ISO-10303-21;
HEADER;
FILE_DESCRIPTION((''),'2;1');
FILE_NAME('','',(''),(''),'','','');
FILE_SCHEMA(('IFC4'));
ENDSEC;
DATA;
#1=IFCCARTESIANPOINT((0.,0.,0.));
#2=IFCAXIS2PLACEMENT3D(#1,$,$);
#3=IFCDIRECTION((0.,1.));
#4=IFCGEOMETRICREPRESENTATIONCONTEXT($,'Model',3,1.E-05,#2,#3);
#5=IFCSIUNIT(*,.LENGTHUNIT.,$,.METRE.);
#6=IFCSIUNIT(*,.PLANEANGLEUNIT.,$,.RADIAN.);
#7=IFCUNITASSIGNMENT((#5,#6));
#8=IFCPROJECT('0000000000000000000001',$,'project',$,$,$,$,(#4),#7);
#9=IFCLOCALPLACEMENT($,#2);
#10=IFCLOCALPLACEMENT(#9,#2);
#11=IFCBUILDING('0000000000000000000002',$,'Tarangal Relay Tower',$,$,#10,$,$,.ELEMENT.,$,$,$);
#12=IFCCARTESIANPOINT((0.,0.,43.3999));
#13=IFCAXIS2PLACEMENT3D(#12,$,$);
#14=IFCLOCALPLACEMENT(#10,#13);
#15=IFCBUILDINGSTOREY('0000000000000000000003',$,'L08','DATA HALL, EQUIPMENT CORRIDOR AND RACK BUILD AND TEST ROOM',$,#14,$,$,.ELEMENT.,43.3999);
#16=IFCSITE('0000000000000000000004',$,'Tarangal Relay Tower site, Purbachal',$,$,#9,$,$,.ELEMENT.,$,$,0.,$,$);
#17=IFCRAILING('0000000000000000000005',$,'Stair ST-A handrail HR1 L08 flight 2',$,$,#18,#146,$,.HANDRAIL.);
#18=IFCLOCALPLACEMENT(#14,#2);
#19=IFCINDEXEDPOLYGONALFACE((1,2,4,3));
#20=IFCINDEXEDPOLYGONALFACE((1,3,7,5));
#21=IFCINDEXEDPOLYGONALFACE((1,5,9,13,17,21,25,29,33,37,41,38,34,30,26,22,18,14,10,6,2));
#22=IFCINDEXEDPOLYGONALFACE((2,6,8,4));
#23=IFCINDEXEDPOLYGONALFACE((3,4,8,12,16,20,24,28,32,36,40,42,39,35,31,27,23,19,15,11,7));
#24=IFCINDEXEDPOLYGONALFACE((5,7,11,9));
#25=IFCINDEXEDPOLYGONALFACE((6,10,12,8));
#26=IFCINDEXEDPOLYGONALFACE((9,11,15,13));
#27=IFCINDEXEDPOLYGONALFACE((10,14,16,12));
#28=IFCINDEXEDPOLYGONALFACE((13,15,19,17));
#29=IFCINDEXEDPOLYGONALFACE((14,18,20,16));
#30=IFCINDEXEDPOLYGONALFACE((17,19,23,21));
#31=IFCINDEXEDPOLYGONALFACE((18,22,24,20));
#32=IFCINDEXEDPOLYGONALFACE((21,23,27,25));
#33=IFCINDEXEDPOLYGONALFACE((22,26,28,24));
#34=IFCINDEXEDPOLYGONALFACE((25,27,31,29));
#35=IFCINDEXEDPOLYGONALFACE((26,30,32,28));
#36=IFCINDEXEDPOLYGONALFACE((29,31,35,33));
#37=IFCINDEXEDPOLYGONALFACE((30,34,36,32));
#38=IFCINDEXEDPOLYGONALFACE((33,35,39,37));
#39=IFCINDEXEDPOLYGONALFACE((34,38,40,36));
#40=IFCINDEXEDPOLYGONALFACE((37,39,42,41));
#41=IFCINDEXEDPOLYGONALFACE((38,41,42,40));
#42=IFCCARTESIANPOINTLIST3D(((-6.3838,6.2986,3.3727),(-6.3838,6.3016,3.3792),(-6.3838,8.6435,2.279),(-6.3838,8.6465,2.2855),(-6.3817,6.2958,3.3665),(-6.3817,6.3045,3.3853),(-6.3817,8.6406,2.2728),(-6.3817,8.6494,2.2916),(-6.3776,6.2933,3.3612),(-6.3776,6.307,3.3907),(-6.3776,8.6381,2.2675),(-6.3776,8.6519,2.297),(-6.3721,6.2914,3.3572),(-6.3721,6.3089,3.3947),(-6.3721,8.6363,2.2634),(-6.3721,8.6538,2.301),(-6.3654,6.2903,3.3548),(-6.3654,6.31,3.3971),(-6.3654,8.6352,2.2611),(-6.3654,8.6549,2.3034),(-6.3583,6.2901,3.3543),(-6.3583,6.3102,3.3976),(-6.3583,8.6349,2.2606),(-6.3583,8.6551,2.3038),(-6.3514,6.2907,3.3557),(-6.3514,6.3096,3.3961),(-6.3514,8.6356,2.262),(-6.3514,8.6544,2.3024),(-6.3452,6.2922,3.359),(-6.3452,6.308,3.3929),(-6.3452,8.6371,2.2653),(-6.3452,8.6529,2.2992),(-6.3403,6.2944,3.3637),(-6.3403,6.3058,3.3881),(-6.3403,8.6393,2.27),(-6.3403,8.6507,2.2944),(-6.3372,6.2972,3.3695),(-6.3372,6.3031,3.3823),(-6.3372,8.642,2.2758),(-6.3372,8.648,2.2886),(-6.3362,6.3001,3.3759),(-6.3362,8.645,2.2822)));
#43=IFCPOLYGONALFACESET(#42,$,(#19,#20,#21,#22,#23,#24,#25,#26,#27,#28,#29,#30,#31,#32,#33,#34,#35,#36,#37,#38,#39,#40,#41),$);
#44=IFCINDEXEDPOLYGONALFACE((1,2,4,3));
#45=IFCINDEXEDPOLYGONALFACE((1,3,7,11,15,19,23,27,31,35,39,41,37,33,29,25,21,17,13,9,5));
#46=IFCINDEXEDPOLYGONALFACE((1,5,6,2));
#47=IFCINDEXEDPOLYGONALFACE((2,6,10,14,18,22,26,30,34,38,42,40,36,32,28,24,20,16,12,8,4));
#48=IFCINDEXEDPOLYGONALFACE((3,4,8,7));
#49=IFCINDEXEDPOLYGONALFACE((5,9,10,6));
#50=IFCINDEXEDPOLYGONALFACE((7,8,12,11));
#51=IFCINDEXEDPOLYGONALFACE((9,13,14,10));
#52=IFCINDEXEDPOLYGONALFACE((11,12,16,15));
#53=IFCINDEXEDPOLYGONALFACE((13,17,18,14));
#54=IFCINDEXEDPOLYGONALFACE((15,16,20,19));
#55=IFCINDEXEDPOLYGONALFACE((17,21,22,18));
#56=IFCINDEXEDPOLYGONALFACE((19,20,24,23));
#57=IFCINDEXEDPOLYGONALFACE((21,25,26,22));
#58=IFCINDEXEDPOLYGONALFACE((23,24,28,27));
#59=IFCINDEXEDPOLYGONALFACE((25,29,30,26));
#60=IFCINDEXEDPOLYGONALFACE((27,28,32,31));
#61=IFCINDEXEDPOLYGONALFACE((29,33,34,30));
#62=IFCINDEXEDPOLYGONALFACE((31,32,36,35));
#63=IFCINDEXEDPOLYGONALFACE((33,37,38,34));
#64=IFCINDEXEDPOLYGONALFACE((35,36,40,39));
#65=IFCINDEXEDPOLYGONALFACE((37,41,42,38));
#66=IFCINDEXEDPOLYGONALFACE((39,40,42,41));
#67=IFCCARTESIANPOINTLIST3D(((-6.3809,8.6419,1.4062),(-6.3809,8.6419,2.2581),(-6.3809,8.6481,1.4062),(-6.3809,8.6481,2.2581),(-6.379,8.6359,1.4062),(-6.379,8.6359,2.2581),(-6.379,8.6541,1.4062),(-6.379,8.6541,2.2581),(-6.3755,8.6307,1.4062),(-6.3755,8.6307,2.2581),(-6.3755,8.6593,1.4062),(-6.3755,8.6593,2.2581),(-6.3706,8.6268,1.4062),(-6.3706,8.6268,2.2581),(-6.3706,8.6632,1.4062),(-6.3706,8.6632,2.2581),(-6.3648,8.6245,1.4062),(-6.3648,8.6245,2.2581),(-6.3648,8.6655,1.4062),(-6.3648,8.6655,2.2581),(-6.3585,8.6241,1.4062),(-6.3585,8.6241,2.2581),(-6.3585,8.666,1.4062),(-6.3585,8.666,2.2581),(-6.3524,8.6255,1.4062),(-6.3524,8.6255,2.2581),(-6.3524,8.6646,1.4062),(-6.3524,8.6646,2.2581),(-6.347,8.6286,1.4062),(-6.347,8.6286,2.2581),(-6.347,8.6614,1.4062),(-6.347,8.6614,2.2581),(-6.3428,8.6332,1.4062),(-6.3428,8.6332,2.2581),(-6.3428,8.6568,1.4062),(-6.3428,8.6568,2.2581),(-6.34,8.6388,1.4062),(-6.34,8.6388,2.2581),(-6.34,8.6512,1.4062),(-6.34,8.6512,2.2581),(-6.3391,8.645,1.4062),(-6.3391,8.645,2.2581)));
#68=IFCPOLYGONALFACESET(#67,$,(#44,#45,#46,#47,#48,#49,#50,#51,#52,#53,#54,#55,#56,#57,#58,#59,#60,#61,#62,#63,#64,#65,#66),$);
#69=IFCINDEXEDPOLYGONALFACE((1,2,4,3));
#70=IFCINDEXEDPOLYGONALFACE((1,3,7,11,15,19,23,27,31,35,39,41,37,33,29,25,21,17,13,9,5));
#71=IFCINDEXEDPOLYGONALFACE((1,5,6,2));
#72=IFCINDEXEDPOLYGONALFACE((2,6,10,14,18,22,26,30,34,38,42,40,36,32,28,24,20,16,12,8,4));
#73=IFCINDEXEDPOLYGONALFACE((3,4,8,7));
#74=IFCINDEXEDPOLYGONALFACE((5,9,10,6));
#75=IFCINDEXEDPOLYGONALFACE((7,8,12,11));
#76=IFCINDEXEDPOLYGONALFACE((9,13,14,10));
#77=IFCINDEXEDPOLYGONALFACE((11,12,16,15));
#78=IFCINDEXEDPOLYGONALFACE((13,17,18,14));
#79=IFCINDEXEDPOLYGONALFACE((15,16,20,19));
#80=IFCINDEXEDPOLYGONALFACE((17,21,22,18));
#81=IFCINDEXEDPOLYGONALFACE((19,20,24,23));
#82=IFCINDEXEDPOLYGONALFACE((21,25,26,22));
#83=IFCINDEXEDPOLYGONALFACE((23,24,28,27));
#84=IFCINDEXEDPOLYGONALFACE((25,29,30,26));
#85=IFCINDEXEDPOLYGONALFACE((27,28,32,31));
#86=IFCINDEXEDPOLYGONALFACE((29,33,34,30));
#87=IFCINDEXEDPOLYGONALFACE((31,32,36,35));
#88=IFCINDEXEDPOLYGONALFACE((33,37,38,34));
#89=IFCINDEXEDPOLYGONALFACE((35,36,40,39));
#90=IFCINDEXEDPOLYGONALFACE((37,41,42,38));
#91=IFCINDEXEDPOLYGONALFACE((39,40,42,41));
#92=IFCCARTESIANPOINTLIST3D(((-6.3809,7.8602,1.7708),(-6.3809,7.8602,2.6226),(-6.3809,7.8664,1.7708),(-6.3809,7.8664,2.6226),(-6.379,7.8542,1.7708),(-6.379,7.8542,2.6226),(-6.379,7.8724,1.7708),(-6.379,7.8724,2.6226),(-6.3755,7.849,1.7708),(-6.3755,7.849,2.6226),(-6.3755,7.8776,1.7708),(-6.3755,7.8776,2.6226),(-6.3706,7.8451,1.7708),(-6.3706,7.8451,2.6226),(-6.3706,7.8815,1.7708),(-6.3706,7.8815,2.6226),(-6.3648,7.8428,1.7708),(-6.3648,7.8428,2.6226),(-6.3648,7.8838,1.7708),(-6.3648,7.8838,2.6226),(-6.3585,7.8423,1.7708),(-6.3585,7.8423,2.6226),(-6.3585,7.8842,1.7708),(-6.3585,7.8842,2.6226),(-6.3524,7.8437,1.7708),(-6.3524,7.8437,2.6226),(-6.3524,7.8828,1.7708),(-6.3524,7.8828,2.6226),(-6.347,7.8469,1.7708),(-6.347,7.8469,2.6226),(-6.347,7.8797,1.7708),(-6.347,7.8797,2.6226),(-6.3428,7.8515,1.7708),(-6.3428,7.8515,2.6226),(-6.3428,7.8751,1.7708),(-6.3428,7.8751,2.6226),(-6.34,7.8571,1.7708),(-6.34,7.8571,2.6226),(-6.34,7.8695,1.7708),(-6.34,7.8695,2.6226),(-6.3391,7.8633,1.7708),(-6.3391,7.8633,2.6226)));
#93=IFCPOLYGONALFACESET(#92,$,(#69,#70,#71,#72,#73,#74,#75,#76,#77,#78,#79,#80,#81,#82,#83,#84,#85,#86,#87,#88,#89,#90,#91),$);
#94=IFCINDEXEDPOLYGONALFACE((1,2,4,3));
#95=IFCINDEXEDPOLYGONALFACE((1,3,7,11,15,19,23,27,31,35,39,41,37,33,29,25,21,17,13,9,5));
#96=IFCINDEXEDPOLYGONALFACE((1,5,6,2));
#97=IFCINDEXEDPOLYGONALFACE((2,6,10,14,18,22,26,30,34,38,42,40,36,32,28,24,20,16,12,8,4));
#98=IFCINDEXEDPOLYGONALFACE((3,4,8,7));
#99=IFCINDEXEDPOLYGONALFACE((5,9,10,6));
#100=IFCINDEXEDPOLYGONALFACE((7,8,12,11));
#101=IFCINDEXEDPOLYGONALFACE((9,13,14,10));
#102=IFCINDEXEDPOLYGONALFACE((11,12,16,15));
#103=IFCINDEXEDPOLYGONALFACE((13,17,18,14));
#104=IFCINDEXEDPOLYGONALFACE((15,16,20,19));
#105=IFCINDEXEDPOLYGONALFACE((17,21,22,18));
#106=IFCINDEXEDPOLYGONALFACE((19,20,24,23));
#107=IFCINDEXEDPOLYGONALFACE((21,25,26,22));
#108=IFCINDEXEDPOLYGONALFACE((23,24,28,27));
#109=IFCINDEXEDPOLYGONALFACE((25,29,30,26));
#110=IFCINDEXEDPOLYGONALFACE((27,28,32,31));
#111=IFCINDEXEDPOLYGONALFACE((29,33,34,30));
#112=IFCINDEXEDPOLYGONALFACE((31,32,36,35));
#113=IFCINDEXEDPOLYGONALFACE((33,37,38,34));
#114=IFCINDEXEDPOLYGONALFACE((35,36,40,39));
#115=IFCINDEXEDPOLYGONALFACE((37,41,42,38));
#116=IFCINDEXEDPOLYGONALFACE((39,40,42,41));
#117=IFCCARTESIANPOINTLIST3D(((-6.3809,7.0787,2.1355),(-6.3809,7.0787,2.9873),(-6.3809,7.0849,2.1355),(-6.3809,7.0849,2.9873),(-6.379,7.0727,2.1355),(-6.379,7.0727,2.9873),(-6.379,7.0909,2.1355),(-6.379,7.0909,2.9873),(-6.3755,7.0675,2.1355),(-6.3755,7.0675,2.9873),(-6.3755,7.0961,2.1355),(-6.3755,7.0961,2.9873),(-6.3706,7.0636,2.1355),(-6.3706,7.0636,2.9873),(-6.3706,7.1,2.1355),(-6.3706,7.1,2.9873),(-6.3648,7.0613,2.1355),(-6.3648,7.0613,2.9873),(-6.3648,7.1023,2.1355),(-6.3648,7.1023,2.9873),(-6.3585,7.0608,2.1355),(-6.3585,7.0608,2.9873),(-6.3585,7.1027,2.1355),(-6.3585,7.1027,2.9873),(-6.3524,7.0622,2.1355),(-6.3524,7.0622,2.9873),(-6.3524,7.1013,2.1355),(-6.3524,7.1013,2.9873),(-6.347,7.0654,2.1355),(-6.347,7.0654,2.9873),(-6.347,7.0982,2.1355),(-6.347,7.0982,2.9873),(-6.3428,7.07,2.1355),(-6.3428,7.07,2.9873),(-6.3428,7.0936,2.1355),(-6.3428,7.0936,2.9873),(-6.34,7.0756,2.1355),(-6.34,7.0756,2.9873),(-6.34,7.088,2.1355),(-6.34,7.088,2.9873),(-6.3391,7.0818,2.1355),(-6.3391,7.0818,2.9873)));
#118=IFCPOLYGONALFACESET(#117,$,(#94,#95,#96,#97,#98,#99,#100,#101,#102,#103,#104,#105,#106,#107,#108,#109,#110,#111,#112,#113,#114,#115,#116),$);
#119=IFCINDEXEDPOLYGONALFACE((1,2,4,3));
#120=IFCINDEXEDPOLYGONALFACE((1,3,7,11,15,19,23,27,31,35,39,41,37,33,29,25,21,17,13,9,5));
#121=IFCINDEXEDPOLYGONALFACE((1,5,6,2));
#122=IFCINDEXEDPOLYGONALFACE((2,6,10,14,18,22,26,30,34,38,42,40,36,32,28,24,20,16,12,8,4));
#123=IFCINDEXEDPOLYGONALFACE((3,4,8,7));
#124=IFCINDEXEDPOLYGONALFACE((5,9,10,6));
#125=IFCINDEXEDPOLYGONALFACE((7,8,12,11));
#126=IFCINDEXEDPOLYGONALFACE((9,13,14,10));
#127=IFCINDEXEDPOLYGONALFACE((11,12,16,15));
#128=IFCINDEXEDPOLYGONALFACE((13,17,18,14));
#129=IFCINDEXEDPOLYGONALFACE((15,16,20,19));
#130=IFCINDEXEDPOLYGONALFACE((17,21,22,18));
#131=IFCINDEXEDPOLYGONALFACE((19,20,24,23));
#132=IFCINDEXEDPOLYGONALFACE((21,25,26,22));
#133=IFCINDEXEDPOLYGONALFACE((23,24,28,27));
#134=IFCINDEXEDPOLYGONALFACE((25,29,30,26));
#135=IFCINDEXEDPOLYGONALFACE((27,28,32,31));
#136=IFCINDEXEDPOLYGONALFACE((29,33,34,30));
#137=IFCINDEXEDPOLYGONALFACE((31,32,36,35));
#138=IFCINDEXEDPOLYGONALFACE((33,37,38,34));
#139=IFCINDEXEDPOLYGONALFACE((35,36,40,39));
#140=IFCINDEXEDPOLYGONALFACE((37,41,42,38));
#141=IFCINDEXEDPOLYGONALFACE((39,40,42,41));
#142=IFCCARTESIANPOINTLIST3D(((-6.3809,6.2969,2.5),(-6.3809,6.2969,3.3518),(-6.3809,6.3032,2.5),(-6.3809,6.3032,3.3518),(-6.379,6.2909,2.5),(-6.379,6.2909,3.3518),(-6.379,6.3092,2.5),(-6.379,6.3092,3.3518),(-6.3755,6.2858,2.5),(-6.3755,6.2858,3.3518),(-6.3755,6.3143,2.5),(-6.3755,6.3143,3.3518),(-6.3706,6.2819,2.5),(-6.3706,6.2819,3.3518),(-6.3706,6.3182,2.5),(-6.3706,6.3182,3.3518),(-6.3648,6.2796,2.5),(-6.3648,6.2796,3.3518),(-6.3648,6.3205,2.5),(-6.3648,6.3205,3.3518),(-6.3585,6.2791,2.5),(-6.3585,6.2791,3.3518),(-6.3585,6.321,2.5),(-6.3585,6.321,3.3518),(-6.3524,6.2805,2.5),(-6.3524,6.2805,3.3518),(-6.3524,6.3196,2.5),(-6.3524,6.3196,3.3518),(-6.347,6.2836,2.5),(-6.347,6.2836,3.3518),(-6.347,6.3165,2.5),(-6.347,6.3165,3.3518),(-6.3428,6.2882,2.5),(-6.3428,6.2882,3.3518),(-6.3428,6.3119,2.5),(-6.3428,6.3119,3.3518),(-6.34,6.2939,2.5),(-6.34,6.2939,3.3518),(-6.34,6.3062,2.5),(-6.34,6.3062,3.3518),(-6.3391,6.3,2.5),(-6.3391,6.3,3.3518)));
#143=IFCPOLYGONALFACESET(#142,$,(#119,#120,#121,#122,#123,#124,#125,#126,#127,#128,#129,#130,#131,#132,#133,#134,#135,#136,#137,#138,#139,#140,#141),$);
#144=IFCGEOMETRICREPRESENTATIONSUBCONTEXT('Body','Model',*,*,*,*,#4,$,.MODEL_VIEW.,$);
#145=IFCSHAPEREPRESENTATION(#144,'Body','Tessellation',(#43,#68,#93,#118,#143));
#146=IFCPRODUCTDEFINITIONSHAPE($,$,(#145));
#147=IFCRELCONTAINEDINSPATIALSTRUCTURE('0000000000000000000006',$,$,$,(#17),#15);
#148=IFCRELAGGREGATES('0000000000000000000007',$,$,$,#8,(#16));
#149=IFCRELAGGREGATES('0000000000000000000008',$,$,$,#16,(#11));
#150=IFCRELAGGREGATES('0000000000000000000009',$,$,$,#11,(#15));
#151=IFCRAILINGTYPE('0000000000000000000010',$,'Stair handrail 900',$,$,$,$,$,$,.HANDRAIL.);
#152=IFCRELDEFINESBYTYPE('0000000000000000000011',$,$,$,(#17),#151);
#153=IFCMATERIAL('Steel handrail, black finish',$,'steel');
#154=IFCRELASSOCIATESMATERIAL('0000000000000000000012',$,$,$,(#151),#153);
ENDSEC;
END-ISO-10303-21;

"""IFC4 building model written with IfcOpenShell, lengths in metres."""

from ifc_helpers import new_model, si_unit, direction, frame, origin, origin_2d, place, context, subcontext, project, spatial, circle, extrude, material, type_object, element, save


model = new_model("IFC4")

# Units and contexts
model_context = context("Model", 3, precision=1e-05, world=origin(), true_north=direction((0.0, 1.0)))
body_context = subcontext(model_context, "Body", "Model", "MODEL_VIEW")
ifc_project = project(units=[si_unit("LENGTHUNIT", "METRE"), si_unit("PLANEANGLEUNIT", "RADIAN")], contexts=[model_context])

# Site, building, storey
site_placement = place(None, origin())
site = spatial("IfcSite", under=ifc_project, at=site_placement, Name="Tarangal Relay Tower site, Purbachal", CompositionType="ELEMENT", RefElevation=0.0)
building_placement = place(site_placement, origin())
building = spatial("IfcBuilding", under=site, at=building_placement, Name="Tarangal Relay Tower", CompositionType="ELEMENT")
storey_placement = place(building_placement, frame((0.0, 0.0, 43.3999)))
storey = spatial("IfcBuildingStorey", under=building, at=storey_placement, Name="L08", Description="DATA HALL, EQUIPMENT CORRIDOR AND RACK BUILD AND TEST ROOM", CompositionType="ELEMENT", Elevation=43.3999)

# Railing
ifc_material_1 = material(Name="Steel handrail, black finish", Category="steel")
railing_type_1 = type_object("IfcRailingType", Name="Stair handrail 900", PredefinedType="HANDRAIL", material=ifc_material_1)
for number, where, name in (
    (1, (-6.3601, 8.645, 1.4062), "Stair ST-A handrail HR1 L08 flight 2"),
):
    element("IfcRailing", number, at=place(storey_placement, frame(where)), inside=storey, type_object=railing_type_1, Name=name, PredefinedType="HANDRAIL", context=body_context, shape_type="SweptSolid", body=[
        extrude(circle(Radius=0.0239, at=origin_2d()), frame((0.0, 0.0, 0.876), z_axis=(0.0, -0.906267, 0.422705), x_axis=(1.0, 0.0, 0.0)), (0.0, 0.0, 1.0), 2.5874),
        extrude(circle(Radius=0.021, at=origin_2d()), origin(), (0.0, 0.0, 1.0), 0.8518),
        extrude(circle(Radius=0.021, at=origin_2d()), frame((0.0, -0.7817, 0.3645)), (0.0, 0.0, 1.0), 0.8518),
        extrude(circle(Radius=0.021, at=origin_2d()), frame((0.0, -1.5632, 0.7292)), (0.0, 0.0, 1.0), 0.8518),
        extrude(circle(Radius=0.021, at=origin_2d()), frame((0.0, -2.345, 1.0938)), (0.0, 0.0, 1.0), 0.8518),
    ])

save(model, "model.ifc")
